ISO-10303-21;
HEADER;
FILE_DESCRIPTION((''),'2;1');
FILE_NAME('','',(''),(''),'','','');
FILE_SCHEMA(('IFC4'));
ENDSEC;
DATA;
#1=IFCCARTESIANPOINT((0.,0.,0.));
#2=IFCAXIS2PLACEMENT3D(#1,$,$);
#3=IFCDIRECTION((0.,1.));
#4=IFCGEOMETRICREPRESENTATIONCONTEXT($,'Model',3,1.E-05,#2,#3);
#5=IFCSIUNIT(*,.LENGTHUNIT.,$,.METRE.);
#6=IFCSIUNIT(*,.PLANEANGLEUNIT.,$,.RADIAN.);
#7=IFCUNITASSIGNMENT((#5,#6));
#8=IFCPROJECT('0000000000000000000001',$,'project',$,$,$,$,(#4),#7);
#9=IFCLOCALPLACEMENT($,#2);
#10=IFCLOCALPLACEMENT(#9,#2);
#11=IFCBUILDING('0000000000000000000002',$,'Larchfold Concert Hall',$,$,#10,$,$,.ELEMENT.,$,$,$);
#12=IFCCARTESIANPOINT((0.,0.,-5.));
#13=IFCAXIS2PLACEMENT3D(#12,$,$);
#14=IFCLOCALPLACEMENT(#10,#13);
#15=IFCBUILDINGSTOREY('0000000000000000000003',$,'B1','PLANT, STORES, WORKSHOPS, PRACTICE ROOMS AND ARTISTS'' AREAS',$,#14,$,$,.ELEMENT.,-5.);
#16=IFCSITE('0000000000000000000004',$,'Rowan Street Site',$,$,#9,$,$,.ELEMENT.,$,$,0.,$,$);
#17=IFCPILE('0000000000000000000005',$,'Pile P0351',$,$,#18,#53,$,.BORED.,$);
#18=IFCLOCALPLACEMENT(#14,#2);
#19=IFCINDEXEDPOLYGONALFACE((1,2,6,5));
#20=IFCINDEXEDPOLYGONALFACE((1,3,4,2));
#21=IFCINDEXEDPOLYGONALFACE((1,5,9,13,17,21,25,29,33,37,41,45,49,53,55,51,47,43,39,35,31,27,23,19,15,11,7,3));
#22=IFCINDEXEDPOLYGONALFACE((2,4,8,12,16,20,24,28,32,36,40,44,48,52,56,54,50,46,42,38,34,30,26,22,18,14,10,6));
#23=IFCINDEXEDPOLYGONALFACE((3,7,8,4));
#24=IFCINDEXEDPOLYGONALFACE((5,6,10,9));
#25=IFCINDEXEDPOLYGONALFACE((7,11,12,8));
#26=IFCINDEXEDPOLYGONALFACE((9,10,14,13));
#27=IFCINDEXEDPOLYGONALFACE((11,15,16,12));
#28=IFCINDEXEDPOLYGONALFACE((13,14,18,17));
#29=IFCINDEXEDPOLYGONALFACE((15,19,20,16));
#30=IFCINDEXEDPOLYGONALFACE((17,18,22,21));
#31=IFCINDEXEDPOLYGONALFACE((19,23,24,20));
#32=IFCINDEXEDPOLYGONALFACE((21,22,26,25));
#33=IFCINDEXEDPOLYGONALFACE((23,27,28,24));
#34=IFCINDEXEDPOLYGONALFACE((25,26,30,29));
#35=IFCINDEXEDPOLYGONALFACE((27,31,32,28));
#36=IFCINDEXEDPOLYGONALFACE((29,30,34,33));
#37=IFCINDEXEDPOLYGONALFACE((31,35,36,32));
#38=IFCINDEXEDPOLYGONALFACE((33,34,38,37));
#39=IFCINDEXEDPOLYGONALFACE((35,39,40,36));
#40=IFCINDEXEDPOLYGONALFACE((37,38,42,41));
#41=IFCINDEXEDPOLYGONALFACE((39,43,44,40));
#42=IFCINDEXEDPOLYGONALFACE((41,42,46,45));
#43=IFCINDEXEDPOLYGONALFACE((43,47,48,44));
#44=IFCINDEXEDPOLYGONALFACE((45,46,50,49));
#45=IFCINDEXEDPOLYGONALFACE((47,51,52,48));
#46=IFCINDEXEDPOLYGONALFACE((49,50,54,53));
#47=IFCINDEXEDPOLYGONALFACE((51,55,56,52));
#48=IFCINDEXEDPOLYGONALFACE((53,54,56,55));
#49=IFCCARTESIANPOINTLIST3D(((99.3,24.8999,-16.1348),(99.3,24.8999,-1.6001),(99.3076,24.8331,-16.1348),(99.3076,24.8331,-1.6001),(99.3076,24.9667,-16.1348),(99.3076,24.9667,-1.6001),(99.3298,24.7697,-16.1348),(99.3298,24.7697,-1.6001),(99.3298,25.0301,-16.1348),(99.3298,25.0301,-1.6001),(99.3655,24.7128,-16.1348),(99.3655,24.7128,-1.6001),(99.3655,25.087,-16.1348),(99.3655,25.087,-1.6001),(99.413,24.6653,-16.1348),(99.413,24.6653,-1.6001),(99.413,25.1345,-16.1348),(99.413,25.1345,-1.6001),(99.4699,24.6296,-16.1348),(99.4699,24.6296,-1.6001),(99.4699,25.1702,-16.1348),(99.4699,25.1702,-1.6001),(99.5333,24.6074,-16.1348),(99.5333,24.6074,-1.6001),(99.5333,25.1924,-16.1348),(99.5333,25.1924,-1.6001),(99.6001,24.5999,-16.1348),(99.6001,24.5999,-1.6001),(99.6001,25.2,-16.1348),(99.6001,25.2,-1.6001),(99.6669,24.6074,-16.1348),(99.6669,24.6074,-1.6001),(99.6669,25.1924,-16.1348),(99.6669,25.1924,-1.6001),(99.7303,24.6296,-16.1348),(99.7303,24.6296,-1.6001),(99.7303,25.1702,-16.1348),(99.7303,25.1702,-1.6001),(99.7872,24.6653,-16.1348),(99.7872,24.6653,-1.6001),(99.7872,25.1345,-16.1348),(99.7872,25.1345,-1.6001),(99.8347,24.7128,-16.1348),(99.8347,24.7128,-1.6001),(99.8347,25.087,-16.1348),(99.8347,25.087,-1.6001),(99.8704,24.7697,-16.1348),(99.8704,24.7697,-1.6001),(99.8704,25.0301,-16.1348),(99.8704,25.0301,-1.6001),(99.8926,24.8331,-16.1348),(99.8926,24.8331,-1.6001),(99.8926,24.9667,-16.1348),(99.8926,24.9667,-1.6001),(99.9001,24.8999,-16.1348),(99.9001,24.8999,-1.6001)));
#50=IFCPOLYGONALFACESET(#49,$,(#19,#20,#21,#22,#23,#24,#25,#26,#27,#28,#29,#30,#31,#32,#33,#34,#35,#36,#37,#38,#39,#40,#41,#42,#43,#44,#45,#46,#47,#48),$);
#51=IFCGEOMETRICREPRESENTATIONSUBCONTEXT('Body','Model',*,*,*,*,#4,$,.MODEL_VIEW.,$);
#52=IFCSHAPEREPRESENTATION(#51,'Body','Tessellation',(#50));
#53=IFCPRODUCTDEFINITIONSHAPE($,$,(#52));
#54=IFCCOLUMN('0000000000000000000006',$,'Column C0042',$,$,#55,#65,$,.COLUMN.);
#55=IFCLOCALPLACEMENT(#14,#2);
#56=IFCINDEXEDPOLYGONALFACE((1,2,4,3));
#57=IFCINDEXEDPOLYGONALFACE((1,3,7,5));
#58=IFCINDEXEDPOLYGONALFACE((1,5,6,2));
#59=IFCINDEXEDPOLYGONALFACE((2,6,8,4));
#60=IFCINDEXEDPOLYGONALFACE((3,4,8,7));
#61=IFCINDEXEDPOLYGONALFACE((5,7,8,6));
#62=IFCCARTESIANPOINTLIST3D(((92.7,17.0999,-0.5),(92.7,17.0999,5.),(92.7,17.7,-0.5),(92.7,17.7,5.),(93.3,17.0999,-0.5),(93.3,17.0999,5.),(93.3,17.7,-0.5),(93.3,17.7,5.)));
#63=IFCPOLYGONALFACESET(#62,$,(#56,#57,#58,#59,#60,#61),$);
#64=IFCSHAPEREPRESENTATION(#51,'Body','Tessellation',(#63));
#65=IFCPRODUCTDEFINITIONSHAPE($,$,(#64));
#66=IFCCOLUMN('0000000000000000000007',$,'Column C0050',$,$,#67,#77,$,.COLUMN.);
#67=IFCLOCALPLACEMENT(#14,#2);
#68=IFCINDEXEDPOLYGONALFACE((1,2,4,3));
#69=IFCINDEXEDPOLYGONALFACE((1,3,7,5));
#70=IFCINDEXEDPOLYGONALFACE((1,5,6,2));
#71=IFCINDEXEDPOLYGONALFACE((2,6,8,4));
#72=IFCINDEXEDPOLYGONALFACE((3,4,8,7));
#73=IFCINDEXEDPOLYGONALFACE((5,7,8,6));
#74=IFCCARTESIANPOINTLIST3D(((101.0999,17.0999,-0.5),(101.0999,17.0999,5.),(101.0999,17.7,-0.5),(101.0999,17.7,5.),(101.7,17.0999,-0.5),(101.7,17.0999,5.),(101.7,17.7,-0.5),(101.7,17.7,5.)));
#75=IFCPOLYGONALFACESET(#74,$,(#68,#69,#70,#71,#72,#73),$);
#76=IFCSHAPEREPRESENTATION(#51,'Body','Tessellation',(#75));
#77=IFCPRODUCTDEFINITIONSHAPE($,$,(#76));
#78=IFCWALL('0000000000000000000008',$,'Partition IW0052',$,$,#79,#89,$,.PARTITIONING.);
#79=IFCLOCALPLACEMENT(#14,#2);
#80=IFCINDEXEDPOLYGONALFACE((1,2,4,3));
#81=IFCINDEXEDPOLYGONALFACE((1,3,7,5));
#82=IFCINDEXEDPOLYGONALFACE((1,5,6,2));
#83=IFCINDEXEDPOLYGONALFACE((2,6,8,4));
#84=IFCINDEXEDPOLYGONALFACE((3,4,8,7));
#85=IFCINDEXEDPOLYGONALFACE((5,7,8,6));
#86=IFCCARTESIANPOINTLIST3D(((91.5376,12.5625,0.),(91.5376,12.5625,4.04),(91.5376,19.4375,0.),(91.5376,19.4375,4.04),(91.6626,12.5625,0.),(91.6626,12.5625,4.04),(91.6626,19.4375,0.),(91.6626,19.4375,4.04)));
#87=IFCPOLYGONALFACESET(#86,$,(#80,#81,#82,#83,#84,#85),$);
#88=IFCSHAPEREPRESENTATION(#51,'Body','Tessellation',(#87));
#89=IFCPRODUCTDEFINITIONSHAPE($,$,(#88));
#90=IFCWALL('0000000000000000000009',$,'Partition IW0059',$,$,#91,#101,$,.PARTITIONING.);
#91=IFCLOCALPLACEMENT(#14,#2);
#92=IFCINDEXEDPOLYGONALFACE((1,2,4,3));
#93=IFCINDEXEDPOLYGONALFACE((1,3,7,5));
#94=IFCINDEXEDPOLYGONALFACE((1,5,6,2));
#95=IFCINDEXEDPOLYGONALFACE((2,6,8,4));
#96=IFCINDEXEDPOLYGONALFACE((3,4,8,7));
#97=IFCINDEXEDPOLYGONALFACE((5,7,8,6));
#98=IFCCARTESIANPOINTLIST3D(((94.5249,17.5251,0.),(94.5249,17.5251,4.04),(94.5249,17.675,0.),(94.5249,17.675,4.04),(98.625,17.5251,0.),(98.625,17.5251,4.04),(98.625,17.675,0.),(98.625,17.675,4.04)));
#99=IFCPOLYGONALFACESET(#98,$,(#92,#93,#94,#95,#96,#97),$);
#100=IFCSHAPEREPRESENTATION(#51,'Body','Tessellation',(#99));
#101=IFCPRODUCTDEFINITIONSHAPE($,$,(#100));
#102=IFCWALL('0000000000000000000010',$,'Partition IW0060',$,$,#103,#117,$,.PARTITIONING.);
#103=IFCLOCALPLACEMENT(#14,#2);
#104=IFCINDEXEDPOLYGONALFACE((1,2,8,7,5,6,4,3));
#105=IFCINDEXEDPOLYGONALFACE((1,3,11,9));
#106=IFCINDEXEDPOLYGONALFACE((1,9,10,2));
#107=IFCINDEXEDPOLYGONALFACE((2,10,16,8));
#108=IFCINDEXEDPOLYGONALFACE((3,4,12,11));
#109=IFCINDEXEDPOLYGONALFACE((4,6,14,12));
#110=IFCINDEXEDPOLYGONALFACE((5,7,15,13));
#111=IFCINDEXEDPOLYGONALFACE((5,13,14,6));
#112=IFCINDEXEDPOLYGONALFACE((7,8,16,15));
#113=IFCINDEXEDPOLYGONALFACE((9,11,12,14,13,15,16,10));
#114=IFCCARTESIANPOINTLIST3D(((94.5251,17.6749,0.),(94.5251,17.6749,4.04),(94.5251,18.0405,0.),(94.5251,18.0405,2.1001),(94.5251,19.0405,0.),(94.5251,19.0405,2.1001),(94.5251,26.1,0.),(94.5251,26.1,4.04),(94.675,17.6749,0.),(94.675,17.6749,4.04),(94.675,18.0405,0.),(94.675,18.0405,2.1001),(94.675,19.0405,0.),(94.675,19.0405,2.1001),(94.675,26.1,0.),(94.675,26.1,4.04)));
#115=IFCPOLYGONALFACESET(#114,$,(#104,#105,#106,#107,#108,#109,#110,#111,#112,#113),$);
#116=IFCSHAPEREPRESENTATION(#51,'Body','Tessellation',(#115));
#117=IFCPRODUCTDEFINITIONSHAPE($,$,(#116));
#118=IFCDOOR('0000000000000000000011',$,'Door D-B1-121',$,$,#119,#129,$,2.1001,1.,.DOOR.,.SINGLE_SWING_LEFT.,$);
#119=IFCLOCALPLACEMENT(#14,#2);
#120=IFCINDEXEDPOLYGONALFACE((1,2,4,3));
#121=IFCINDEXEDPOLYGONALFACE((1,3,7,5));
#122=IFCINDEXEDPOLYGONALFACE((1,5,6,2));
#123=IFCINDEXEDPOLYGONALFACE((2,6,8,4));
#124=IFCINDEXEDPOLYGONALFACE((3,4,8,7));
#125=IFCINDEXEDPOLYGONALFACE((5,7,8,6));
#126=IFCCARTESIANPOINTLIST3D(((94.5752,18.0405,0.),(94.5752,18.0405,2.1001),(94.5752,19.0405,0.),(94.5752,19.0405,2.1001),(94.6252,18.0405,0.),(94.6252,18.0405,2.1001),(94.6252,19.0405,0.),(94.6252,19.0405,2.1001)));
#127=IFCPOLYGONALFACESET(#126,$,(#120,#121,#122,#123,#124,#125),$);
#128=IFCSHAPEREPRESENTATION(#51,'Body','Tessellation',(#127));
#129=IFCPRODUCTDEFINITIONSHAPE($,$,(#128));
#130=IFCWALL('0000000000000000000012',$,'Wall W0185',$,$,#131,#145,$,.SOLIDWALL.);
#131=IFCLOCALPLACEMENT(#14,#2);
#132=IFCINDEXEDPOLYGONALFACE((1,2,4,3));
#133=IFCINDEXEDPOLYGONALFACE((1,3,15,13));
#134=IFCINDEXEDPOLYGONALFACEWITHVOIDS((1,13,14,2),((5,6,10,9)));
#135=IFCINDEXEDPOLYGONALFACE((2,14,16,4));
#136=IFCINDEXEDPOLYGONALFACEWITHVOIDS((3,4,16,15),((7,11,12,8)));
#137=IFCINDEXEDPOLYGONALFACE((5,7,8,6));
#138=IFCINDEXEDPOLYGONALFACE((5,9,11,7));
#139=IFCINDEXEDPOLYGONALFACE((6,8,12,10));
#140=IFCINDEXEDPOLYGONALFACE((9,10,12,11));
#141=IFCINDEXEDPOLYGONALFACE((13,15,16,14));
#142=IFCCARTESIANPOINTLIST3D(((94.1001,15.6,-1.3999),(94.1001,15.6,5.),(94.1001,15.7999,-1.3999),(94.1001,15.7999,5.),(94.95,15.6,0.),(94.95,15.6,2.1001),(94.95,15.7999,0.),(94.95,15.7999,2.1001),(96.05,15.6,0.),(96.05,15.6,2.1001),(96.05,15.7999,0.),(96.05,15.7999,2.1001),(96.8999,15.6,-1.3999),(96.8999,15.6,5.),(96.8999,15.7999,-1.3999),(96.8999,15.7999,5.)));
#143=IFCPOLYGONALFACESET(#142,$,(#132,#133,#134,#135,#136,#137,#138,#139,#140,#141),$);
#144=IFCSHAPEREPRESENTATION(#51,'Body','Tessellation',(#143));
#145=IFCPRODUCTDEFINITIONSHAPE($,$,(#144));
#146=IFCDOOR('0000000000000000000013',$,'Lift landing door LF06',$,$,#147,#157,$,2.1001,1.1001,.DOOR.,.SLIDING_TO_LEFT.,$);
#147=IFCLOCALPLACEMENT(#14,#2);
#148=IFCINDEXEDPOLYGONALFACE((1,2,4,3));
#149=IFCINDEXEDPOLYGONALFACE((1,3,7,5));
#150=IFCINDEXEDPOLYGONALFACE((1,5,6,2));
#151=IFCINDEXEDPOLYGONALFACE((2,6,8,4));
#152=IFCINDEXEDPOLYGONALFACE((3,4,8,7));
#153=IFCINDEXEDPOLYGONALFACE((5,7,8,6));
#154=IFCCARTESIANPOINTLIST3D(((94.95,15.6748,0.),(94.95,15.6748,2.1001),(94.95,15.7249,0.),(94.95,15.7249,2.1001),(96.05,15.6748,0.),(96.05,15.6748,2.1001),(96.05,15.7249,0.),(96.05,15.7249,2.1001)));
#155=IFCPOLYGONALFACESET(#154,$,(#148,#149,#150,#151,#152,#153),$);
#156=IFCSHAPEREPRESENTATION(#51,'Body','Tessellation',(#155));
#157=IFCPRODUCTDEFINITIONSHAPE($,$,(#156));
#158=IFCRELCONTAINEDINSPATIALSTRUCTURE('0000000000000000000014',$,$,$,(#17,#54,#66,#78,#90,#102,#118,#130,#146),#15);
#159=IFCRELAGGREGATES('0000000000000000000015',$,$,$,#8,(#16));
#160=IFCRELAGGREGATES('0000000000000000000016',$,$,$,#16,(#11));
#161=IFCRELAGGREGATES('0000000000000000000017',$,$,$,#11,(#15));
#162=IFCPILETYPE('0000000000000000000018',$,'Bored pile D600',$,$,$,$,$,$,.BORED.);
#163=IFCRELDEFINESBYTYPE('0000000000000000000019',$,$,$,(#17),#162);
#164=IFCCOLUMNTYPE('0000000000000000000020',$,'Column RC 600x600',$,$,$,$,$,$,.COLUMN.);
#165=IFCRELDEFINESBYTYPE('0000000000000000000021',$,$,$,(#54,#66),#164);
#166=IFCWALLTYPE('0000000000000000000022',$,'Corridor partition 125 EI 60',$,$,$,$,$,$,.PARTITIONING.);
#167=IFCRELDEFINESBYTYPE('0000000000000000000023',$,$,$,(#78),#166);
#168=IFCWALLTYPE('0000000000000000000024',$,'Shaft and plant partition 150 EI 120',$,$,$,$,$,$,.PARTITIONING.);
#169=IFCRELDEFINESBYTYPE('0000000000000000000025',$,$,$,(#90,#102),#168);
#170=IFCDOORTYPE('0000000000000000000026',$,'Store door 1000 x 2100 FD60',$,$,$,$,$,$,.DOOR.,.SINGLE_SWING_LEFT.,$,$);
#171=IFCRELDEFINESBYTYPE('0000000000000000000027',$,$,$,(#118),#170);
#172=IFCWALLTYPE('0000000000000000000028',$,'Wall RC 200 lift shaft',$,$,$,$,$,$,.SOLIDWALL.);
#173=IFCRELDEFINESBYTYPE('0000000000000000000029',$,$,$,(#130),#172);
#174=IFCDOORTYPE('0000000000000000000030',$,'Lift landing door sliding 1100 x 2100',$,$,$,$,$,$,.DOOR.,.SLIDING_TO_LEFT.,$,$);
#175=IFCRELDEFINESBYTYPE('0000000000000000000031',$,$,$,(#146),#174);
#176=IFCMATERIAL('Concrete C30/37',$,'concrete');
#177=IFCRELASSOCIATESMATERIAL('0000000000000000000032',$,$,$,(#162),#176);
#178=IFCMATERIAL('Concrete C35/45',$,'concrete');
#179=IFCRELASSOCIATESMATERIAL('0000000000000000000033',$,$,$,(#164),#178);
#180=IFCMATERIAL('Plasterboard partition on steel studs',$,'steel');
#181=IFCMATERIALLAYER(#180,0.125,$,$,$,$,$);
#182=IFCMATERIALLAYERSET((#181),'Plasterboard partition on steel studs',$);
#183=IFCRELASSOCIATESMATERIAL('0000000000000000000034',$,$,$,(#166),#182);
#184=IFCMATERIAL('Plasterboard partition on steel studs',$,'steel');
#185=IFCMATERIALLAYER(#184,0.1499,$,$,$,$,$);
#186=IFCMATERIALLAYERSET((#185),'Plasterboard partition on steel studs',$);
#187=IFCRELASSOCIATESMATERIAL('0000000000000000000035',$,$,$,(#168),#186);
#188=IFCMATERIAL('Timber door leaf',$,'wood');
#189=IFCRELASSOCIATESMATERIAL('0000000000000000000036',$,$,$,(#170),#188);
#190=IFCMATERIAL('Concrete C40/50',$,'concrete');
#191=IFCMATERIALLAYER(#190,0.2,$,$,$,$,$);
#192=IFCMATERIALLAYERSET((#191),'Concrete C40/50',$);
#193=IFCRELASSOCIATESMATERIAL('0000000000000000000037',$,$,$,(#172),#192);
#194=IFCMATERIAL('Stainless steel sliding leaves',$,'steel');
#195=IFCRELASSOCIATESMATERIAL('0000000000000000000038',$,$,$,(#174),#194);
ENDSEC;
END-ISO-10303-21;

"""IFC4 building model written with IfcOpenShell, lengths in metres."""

from ifc_helpers import new_model, si_unit, direction, frame, frame_2d, origin, origin_2d, place, context, subcontext, project, spatial, rectangle, circle, extrude, material, layer, layer_set, material_profile, profile_set, type_object, element, fill, save


model = new_model("IFC4")

# Units and contexts
model_context = context("Model", 3, precision=1e-05, world=origin(), true_north=direction((0.0, 1.0)))
body_context = subcontext(model_context, "Body", "Model", "MODEL_VIEW")
ifc_project = project(units=[si_unit("LENGTHUNIT", "METRE"), si_unit("PLANEANGLEUNIT", "RADIAN")], contexts=[model_context])

# Site, building, storey
site_placement = place(None, origin())
site = spatial("IfcSite", under=ifc_project, at=site_placement, Name="Rowan Street Site", CompositionType="ELEMENT", RefElevation=0.0)
building_placement = place(site_placement, origin())
building = spatial("IfcBuilding", under=site, at=building_placement, Name="Larchfold Concert Hall", CompositionType="ELEMENT")
storey_placement = place(building_placement, frame((0.0, 0.0, -5.0)))
storey = spatial("IfcBuildingStorey", under=building, at=storey_placement, Name="B1", Description="PLANT, STORES, WORKSHOPS, PRACTICE ROOMS AND ARTISTS' AREAS", CompositionType="ELEMENT", Elevation=-5.0)

# Pile
ifc_material_1 = material(Name="Concrete C30/37", Category="concrete")
ifc_material_profile_1 = material_profile(ifc_material_1, circle(Radius=0.3, at=origin_2d()))
ifc_profile_set_1 = profile_set([ifc_material_profile_1], Name="Concrete C30/37")
pile_type = type_object("IfcPileType", Name="Bored pile D600", PredefinedType="BORED", material=ifc_profile_set_1)
pile_placement = place(storey_placement, frame((99.6001, 24.8999, -1.6001), z_axis=(0.0, 0.0, -1.0), x_axis=(1.0, 0.0, 0.0)))
element("IfcPile", 1, at=pile_placement, inside=storey, type_object=pile_type, Name="Pile P0351", PredefinedType="BORED", context=body_context, shape_type="SweptSolid", body=[
    extrude(circle(Radius=0.3, at=origin_2d()), origin(), (0.0, 0.0, 1.0), 14.5347),
])

# Columns
ifc_material_2 = material(Name="Concrete C35/45", Category="concrete")
ifc_material_profile_2 = material_profile(ifc_material_2, rectangle(XDim=0.6001, YDim=0.6001, at=origin_2d()))
ifc_profile_set_2 = profile_set([ifc_material_profile_2], Name="Concrete C35/45")
column_type = type_object("IfcColumnType", Name="Column RC 600x600", PredefinedType="COLUMN", material=ifc_profile_set_2)
for number, where, z_axis, x_axis, name in (
    (2, (93.0, 17.3999, -0.5), (0.0, 0.0, 1.0), (1.0, 0.0, 0.0), "Column C0042"),
    (3, (101.3999, 17.3999, -0.5), (0.0, 0.0, 1.0), (1.0, 0.0, 0.0), "Column C0050"),
):
    element("IfcColumn", number, at=place(storey_placement, frame(where, z_axis=z_axis, x_axis=x_axis)), inside=storey, type_object=column_type, Name=name, PredefinedType="COLUMN", context=body_context, shape_type="SweptSolid", body=[
        extrude(rectangle(XDim=0.6001, YDim=0.6001, at=origin_2d()), origin(), (0.0, 0.0, 1.0), 5.5),
    ])

# Walls
ifc_material_3 = material(Name="Plasterboard partition on steel studs", Category="steel")
ifc_layer_1 = layer(ifc_material_3, 0.125)
ifc_layer_set_1 = layer_set([ifc_layer_1], Name="Plasterboard partition on steel studs")
wall_type_1 = type_object("IfcWallType", Name="Corridor partition 125 EI 60", PredefinedType="PARTITIONING", material=ifc_layer_set_1)
wall_1_placement = place(storey_placement, frame((91.6001, 19.4375, 0.0), z_axis=(0.0, 0.0, 1.0), x_axis=(0.0, -1.0, 0.0)))
element("IfcWall", 4, at=wall_1_placement, inside=storey, type_object=wall_type_1, Name="Partition IW0052", PredefinedType="PARTITIONING", context=body_context, shape_type="SweptSolid", body=[
    extrude(rectangle(XDim=6.875, YDim=0.125, at=frame_2d((3.4375, 0.0))), origin(), (0.0, 0.0, 1.0), 4.04),
])
ifc_material_4 = material(Name="Plasterboard partition on steel studs", Category="steel")
ifc_layer_2 = layer(ifc_material_4, 0.1499)
ifc_layer_set_2 = layer_set([ifc_layer_2], Name="Plasterboard partition on steel studs")
wall_type_2 = type_object("IfcWallType", Name="Shaft and plant partition 150 EI 120", PredefinedType="PARTITIONING", material=ifc_layer_set_2)
wall_2_placement = place(storey_placement, frame((98.625, 17.6001, 0.0), z_axis=(0.0, 0.0, 1.0), x_axis=(-1.0, 0.0, 0.0)))
element("IfcWall", 5, at=wall_2_placement, inside=storey, type_object=wall_type_2, Name="Partition IW0059", PredefinedType="PARTITIONING", context=body_context, shape_type="SweptSolid", body=[
    extrude(rectangle(XDim=4.1001, YDim=0.1499, at=frame_2d((2.05, 0.0))), origin(), (0.0, 0.0, 1.0), 4.04),
])

# Walls, openings, doors
wall_3_placement = place(storey_placement, frame((94.6001, 17.675, 0.0), z_axis=(0.0, 0.0, 1.0), x_axis=(0.0, 1.0, 0.0)))
wall_3 = element("IfcWall", 6, at=wall_3_placement, inside=storey, type_object=wall_type_2, Name="Partition IW0060", PredefinedType="PARTITIONING", context=body_context, shape_type="SweptSolid", body=[
    extrude(rectangle(XDim=8.425, YDim=0.1499, at=frame_2d((4.2124, 0.0))), origin(), (0.0, 0.0, 1.0), 4.04),
])
opening_1_placement = place(wall_3_placement, frame((0.3655, 0.0, 0.0)))
opening_1 = element("IfcOpeningElement", 7, at=opening_1_placement, cuts=wall_3, PredefinedType="OPENING", context=body_context, shape_type="SweptSolid", body=[
    extrude(rectangle(XDim=1.0, YDim=2.1001, at=frame_2d((0.5, 1.05))), frame((0.0, 0.085, 0.0), z_axis=(0.0, -1.0, 0.0), x_axis=(1.0, 0.0, 0.0)), (0.0, 0.0, 1.0), 0.1699),
])
ifc_material_5 = material(Name="Timber door leaf", Category="wood")
door_type_1 = type_object("IfcDoorType", Name="Store door 1000 x 2100 FD60", OperationType="SINGLE_SWING_LEFT", PredefinedType="DOOR", material=ifc_material_5)
door_1_placement = place(opening_1_placement, origin())
door_1 = element("IfcDoor", 8, at=door_1_placement, inside=storey, type_object=door_type_1, Name="Door D-B1-121", OperationType="SINGLE_SWING_LEFT", OverallHeight=2.1001, OverallWidth=1.0, PredefinedType="DOOR", context=body_context, shape_type="SweptSolid", body=[
    extrude(rectangle(XDim=1.0, YDim=2.1001, at=frame_2d((0.5, 1.05))), frame((0.0, 0.0249, 0.0), z_axis=(0.0, -1.0, 0.0), x_axis=(1.0, 0.0, 0.0)), (0.0, 0.0, 1.0), 0.05),
])
fill(opening_1, door_1)
ifc_material_6 = material(Name="Concrete C40/50", Category="concrete")
ifc_layer_3 = layer(ifc_material_6, 0.2)
ifc_layer_set_3 = layer_set([ifc_layer_3], Name="Concrete C40/50")
wall_type_3 = type_object("IfcWallType", Name="Wall RC 200 lift shaft", PredefinedType="SOLIDWALL", material=ifc_layer_set_3)
wall_4_placement = place(storey_placement, frame((94.1001, 15.7, -1.3999), z_axis=(0.0, 0.0, 1.0), x_axis=(1.0, 0.0, 0.0)))
wall_4 = element("IfcWall", 9, at=wall_4_placement, inside=storey, type_object=wall_type_3, Name="Wall W0185", PredefinedType="SOLIDWALL", context=body_context, shape_type="SweptSolid", body=[
    extrude(rectangle(XDim=2.7998, YDim=0.2, at=frame_2d((1.3999, 0.0))), origin(), (0.0, 0.0, 1.0), 6.3999),
])
opening_2_placement = place(wall_4_placement, frame((0.8499, 0.0, 1.3999)))
opening_2 = element("IfcOpeningElement", 10, at=opening_2_placement, cuts=wall_4, PredefinedType="OPENING", context=body_context, shape_type="SweptSolid", body=[
    extrude(rectangle(XDim=1.1001, YDim=2.1001, at=frame_2d((0.55, 1.05))), frame((0.0, 0.1099, 0.0), z_axis=(0.0, -1.0, 0.0), x_axis=(1.0, 0.0, 0.0)), (0.0, 0.0, 1.0), 0.22),
])
ifc_material_7 = material(Name="Stainless steel sliding leaves", Category="steel")
door_type_2 = type_object("IfcDoorType", Name="Lift landing door sliding 1100 x 2100", OperationType="SLIDING_TO_LEFT", PredefinedType="DOOR", material=ifc_material_7)
door_2_placement = place(opening_2_placement, origin())
door_2 = element("IfcDoor", 11, at=door_2_placement, inside=storey, type_object=door_type_2, Name="Lift landing door LF06", OperationType="SLIDING_TO_LEFT", OverallHeight=2.1001, OverallWidth=1.1001, PredefinedType="DOOR", context=body_context, shape_type="SweptSolid", body=[
    extrude(rectangle(XDim=1.1001, YDim=2.1001, at=frame_2d((0.55, 1.05))), frame((0.0, 0.0249, 0.0), z_axis=(0.0, -1.0, 0.0), x_axis=(1.0, 0.0, 0.0)), (0.0, 0.0, 1.0), 0.05),
])
fill(opening_2, door_2)

save(model, "model.ifc")
